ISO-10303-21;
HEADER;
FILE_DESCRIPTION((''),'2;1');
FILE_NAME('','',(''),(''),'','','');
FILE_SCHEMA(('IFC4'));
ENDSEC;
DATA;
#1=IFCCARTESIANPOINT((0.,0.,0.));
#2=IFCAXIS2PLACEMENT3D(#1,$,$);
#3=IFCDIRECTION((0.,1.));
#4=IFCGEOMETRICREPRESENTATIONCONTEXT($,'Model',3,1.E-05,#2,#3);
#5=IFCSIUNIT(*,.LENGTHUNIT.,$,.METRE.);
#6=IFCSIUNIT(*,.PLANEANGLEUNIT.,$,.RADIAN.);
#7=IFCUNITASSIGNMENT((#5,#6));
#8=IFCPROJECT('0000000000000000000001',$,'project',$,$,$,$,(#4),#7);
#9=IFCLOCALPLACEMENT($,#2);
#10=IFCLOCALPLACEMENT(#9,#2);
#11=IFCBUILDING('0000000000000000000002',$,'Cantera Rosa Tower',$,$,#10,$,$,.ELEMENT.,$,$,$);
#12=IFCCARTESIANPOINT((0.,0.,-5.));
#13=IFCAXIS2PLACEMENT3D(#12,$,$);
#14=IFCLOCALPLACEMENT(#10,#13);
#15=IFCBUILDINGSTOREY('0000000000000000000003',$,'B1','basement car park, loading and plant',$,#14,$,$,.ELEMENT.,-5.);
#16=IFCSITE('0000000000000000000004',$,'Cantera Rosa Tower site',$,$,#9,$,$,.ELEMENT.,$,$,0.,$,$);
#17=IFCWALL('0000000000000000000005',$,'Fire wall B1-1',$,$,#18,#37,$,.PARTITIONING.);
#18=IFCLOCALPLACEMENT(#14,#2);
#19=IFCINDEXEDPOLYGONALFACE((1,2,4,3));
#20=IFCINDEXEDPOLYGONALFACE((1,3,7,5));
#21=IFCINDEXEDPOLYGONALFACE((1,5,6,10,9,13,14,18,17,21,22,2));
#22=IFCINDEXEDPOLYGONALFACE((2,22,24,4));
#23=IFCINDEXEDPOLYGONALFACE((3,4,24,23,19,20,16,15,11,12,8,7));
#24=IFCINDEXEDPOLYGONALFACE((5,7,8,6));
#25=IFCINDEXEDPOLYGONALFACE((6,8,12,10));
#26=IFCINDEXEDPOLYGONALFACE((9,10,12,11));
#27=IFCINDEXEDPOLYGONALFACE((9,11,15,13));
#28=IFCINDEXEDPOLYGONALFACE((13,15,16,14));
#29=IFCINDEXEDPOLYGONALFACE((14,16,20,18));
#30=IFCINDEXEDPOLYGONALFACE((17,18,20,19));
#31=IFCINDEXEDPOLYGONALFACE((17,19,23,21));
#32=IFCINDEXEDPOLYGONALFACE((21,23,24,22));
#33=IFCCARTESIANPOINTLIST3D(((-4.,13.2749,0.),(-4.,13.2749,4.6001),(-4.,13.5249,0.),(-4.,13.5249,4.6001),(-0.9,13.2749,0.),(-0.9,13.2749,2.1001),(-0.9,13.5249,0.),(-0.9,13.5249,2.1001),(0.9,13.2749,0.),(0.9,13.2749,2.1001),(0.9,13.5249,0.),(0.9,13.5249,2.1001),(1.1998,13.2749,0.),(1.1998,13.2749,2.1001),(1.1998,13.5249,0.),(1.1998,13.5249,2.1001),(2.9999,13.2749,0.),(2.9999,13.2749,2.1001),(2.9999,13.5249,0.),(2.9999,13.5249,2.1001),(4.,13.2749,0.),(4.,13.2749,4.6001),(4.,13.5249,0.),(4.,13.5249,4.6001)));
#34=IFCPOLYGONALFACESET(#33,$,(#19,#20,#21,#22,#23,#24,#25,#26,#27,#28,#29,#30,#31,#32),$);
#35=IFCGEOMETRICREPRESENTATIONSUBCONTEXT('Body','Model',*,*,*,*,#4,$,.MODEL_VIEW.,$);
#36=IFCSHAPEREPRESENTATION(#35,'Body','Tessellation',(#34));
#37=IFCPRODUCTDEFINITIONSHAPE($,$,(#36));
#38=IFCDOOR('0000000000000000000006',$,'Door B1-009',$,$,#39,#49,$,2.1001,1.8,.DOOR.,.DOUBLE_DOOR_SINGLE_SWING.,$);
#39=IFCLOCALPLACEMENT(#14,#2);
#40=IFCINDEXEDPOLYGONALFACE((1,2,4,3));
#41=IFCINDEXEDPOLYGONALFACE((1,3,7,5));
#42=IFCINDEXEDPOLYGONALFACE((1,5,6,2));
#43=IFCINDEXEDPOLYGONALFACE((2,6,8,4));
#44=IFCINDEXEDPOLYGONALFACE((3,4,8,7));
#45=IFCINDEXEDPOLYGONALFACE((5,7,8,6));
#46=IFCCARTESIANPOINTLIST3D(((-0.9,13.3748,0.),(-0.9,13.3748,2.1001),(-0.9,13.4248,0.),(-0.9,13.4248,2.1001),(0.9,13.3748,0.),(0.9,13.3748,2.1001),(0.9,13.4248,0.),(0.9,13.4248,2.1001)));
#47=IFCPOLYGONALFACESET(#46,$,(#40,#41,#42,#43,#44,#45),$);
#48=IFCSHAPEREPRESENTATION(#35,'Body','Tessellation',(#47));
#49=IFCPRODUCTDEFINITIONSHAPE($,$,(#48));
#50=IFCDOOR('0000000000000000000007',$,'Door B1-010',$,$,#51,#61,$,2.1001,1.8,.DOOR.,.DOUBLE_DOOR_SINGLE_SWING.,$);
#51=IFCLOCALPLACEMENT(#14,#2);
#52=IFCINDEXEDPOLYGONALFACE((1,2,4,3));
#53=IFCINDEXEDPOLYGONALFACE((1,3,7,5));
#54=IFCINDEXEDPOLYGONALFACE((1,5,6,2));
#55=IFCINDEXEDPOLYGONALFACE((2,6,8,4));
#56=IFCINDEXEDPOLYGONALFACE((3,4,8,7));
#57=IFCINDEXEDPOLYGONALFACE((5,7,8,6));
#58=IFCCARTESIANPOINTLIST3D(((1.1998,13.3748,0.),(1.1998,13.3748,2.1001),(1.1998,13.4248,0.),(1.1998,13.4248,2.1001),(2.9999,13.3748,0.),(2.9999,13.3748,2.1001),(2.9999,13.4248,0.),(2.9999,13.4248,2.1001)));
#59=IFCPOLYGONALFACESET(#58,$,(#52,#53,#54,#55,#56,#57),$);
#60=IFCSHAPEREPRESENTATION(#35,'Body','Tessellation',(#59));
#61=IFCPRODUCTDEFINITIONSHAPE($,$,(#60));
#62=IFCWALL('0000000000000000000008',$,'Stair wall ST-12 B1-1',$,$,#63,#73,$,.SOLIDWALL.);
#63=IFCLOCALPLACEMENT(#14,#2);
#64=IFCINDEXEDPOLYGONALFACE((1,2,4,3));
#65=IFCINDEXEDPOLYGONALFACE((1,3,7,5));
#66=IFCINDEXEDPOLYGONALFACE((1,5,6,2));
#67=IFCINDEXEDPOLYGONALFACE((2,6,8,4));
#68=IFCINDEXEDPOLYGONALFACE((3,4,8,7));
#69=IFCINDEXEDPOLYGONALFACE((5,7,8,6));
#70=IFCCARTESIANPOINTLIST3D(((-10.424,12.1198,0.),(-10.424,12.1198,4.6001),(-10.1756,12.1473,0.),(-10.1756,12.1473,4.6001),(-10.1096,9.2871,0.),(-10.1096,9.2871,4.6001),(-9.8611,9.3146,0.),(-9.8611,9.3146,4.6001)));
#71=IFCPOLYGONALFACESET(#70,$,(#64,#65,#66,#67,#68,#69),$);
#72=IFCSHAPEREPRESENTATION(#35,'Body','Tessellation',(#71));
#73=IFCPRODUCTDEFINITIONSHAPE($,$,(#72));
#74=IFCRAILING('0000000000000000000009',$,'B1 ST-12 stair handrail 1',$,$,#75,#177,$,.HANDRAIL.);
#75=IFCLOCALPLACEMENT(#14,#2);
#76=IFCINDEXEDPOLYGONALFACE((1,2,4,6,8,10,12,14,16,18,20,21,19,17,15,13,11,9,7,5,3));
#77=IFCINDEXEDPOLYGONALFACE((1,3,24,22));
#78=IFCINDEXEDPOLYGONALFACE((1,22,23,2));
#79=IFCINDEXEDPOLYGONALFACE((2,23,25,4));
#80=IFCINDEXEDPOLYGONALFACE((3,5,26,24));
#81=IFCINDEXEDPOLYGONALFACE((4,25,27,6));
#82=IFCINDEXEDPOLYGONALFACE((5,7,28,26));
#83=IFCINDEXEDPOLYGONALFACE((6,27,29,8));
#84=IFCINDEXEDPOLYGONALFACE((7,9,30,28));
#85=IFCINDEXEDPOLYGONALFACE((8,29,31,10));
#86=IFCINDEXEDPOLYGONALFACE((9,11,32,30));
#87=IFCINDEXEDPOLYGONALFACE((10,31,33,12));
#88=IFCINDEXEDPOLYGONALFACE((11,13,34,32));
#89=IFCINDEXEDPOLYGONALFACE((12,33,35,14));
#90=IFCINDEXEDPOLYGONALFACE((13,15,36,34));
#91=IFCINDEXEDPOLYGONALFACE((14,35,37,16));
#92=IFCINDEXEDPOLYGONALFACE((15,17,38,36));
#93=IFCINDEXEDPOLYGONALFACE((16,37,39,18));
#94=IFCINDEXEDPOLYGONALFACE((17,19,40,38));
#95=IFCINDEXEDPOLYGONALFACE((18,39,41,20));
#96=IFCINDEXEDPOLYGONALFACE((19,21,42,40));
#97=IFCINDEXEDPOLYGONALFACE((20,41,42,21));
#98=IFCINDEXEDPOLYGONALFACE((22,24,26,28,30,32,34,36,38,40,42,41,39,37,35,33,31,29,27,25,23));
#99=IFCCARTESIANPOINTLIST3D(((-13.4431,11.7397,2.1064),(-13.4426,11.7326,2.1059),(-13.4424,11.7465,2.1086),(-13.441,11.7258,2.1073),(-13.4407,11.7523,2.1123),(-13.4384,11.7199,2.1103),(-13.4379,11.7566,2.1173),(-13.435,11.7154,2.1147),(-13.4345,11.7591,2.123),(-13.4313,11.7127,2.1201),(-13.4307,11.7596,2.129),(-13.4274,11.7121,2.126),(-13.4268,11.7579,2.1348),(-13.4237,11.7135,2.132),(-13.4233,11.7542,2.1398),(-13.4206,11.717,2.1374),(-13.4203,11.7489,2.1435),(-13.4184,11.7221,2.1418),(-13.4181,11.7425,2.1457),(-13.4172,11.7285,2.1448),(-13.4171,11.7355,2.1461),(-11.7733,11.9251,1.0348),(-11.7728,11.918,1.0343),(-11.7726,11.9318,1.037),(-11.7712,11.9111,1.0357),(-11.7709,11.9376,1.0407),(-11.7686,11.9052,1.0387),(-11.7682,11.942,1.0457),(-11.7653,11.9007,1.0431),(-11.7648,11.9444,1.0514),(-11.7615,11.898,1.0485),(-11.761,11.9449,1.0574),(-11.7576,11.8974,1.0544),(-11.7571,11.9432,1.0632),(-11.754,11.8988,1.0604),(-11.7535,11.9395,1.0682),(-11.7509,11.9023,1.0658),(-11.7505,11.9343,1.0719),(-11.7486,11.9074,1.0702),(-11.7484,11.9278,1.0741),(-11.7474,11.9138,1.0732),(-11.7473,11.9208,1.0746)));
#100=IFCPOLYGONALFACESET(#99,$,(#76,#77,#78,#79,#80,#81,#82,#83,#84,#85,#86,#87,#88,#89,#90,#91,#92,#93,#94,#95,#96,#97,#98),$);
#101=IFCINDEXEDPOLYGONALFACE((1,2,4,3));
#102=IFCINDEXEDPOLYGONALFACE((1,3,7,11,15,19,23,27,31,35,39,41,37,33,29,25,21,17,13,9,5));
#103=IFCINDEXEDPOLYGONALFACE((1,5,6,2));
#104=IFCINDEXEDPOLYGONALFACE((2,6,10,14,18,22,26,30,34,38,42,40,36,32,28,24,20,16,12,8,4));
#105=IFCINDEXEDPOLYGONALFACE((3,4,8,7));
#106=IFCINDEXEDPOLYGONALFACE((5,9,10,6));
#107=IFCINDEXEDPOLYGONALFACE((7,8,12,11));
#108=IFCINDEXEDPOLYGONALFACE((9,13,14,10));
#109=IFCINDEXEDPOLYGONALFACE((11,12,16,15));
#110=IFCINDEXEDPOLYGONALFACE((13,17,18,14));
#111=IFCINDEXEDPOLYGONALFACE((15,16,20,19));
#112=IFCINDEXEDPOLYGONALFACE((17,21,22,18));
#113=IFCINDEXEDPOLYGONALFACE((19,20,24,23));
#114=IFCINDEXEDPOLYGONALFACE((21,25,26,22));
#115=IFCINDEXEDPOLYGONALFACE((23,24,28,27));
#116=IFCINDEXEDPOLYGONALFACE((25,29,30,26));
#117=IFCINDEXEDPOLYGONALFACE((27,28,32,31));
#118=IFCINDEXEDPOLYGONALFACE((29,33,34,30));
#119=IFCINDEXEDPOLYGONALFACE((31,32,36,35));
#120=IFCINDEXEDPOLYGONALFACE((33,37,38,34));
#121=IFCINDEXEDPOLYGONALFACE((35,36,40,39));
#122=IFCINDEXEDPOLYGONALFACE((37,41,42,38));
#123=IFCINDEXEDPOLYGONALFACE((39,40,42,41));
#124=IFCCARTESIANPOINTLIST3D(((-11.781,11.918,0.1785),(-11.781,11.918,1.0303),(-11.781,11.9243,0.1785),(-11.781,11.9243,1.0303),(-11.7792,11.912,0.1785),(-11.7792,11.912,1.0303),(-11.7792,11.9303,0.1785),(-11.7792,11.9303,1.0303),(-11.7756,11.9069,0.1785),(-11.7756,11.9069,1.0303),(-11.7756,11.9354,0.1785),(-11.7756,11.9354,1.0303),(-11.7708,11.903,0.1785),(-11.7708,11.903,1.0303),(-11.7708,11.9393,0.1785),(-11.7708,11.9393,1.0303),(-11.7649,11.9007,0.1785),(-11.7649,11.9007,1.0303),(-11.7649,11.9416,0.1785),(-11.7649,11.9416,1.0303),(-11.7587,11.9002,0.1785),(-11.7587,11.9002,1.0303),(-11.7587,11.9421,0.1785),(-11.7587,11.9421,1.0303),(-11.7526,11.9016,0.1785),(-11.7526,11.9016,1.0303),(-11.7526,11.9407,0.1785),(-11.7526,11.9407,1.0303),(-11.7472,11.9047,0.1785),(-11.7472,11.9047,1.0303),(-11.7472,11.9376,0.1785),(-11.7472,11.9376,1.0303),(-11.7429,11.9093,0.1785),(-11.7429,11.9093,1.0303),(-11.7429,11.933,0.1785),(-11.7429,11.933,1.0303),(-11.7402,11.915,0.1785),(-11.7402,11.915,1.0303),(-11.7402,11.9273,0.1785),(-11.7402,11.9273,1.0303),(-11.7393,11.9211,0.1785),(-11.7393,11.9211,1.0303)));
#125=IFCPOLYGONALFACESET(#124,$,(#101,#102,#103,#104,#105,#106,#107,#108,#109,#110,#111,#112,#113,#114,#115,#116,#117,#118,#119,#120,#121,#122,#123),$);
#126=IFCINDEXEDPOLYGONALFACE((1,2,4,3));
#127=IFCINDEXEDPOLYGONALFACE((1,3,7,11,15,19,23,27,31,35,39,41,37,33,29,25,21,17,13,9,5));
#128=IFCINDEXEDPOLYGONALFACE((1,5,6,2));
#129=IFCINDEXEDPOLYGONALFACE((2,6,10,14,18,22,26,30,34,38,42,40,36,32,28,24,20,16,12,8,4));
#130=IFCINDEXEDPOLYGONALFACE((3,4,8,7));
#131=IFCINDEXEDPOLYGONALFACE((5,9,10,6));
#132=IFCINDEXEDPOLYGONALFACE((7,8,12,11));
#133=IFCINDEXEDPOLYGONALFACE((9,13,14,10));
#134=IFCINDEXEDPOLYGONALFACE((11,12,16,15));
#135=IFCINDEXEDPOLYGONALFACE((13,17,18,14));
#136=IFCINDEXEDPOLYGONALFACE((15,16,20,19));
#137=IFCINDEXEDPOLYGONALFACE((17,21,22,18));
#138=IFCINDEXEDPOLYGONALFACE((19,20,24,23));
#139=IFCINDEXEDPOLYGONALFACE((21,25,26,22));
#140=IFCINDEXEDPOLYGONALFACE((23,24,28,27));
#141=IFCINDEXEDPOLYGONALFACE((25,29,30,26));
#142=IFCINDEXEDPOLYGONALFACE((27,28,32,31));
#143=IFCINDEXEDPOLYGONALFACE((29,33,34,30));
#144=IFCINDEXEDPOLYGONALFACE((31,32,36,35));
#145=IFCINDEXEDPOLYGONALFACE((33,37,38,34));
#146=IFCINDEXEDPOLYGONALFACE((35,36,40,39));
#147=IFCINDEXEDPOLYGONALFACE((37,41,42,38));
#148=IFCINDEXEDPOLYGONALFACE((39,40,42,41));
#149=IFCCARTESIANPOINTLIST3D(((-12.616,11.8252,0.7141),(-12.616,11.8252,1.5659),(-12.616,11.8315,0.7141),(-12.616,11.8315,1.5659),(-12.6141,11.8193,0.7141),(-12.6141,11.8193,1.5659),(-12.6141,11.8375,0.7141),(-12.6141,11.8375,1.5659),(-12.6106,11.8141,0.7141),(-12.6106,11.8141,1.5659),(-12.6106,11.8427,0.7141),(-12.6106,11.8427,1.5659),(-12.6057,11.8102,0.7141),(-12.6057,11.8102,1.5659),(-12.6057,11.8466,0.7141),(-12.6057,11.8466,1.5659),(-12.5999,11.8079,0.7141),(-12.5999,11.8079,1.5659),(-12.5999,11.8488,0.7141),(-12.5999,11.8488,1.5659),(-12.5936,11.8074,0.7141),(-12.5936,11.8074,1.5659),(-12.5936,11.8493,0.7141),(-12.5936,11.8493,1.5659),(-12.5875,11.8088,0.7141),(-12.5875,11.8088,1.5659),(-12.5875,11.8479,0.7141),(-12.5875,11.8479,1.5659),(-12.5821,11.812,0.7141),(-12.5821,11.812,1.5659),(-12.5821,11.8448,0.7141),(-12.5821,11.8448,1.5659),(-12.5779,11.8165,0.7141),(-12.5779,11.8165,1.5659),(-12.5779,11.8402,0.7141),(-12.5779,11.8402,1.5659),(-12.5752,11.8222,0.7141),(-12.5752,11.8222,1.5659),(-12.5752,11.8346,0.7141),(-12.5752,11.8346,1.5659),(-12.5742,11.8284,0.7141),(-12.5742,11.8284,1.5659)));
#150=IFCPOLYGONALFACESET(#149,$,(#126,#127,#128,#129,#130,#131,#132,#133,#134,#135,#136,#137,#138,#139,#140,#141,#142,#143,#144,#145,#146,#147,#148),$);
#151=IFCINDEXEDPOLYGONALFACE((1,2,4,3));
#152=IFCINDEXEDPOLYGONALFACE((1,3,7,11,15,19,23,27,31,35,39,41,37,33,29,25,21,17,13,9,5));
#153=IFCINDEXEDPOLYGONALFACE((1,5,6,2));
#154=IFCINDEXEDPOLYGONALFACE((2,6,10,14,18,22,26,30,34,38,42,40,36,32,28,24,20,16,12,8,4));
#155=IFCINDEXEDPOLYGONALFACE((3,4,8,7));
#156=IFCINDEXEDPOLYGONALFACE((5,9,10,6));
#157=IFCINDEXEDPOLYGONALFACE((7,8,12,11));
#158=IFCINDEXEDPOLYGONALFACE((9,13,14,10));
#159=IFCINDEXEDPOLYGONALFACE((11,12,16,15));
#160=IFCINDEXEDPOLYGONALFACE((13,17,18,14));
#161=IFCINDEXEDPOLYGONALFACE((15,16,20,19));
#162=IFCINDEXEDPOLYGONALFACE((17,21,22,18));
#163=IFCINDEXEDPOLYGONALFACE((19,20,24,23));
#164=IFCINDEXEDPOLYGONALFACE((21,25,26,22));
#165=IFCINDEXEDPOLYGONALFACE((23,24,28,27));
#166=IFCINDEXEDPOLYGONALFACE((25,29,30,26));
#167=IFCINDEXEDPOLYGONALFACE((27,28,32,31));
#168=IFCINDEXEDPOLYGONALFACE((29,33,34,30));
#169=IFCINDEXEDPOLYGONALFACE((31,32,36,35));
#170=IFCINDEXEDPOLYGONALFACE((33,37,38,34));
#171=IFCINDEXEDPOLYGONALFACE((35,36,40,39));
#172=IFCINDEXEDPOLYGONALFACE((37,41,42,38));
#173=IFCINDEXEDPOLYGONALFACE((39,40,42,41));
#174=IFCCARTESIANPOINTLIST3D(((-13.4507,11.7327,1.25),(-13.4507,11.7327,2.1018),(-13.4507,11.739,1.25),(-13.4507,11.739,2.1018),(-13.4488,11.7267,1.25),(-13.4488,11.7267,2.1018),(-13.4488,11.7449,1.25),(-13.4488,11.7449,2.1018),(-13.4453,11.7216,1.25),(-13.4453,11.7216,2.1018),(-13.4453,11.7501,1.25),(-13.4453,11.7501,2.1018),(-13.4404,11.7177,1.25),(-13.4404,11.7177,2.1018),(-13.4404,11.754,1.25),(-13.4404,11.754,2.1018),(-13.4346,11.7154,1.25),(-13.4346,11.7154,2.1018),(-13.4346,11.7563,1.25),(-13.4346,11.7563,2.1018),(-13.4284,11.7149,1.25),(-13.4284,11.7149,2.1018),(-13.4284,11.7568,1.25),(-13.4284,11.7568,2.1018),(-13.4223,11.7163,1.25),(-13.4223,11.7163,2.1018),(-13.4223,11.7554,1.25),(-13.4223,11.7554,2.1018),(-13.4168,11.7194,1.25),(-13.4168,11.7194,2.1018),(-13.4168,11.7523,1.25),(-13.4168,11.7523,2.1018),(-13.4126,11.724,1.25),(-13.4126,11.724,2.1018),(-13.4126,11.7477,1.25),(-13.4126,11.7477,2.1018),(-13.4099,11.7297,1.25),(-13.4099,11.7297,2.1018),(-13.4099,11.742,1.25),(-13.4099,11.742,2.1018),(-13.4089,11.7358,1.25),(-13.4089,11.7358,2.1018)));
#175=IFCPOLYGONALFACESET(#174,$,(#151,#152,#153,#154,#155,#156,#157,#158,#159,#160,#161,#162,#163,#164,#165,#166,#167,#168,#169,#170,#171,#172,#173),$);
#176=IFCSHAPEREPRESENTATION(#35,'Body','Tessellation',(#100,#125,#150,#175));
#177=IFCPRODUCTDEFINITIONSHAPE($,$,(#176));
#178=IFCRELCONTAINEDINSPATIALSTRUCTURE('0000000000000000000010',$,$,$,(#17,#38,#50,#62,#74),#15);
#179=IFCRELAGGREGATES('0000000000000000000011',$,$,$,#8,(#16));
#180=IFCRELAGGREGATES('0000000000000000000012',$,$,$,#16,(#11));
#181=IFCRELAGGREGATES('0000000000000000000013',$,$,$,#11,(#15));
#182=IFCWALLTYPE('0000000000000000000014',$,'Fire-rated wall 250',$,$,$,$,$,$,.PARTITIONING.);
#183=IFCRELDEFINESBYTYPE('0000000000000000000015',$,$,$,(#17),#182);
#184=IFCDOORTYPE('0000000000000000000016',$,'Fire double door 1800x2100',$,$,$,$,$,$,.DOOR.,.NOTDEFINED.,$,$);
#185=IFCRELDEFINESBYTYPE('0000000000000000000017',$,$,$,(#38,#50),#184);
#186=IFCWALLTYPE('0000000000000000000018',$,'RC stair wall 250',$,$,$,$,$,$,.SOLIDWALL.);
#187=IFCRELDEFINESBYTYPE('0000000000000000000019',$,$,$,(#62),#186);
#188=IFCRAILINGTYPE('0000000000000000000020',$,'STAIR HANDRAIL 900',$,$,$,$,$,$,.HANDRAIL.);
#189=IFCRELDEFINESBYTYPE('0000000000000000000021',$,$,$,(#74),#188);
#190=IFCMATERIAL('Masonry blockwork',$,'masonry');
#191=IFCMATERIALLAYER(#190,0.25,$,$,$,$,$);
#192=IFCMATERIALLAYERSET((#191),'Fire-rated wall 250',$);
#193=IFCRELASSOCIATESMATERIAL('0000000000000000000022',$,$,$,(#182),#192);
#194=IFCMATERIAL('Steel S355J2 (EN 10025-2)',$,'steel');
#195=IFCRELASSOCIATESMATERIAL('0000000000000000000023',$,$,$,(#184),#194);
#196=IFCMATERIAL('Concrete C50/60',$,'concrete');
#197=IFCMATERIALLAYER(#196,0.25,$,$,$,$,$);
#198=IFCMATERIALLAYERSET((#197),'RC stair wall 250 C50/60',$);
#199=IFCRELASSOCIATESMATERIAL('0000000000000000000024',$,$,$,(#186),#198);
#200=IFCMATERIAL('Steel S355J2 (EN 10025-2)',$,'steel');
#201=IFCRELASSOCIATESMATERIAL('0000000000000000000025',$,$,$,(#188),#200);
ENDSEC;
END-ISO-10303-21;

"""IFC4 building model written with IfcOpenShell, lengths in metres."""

from ifc_helpers import new_model, si_unit, direction, frame, frame_2d, origin, origin_2d, place, context, subcontext, project, spatial, rectangle, circle, extrude, material, layer, layer_set, type_object, element, fill, save


model = new_model("IFC4")

# Units and contexts
model_context = context("Model", 3, precision=1e-05, world=origin(), true_north=direction((0.0, 1.0)))
body_context = subcontext(model_context, "Body", "Model", "MODEL_VIEW")
ifc_project = project(units=[si_unit("LENGTHUNIT", "METRE"), si_unit("PLANEANGLEUNIT", "RADIAN")], contexts=[model_context])

# Site, building, storey
site_placement = place(None, origin())
site = spatial("IfcSite", under=ifc_project, at=site_placement, Name="Cantera Rosa Tower site", CompositionType="ELEMENT", RefElevation=0.0)
building_placement = place(site_placement, origin())
building = spatial("IfcBuilding", under=site, at=building_placement, Name="Cantera Rosa Tower", CompositionType="ELEMENT")
storey_placement = place(building_placement, frame((0.0, 0.0, -5.0)))
storey = spatial("IfcBuildingStorey", under=building, at=storey_placement, Name="B1", Description="basement car park, loading and plant", CompositionType="ELEMENT", Elevation=-5.0)

# Wall, openings, doors
ifc_material_1 = material(Name="Masonry blockwork", Category="masonry")
ifc_layer_1 = layer(ifc_material_1, 0.25)
ifc_layer_set_1 = layer_set([ifc_layer_1], Name="Fire-rated wall 250")
wall_type_1 = type_object("IfcWallType", Name="Fire-rated wall 250", PredefinedType="PARTITIONING", material=ifc_layer_set_1)
wall_1_placement = place(storey_placement, frame((-4.0, 13.3999, 0.0), z_axis=(0.0, 0.0, 1.0), x_axis=(1.0, 0.0, 0.0)))
wall_1 = element("IfcWall", 1, at=wall_1_placement, inside=storey, type_object=wall_type_1, Name="Fire wall B1-1", PredefinedType="PARTITIONING", context=body_context, shape_type="SweptSolid", body=[
    extrude(rectangle(XDim=8.0, YDim=0.25, at=frame_2d((4.0, 0.0))), origin(), (0.0, 0.0, 1.0), 4.6001),
])
opening_1_placement = place(wall_1_placement, frame((3.1001, 0.0, 0.0)))
opening_1 = element("IfcOpeningElement", 2, at=opening_1_placement, cuts=wall_1, PredefinedType="OPENING", context=body_context, shape_type="SweptSolid", body=[
    extrude(rectangle(XDim=1.8, YDim=2.1001, at=frame_2d((0.8999, 1.05))), frame((0.0, 0.135, 0.0), z_axis=(0.0, -1.0, 0.0), x_axis=(1.0, 0.0, 0.0)), (0.0, 0.0, 1.0), 0.27),
])
opening_2_placement = place(wall_1_placement, frame((5.2, 0.0, 0.0)))
opening_2 = element("IfcOpeningElement", 3, at=opening_2_placement, cuts=wall_1, PredefinedType="OPENING", context=body_context, shape_type="SweptSolid", body=[
    extrude(rectangle(XDim=1.8, YDim=2.1001, at=frame_2d((0.8999, 1.05))), frame((0.0, 0.135, 0.0), z_axis=(0.0, -1.0, 0.0), x_axis=(1.0, 0.0, 0.0)), (0.0, 0.0, 1.0), 0.27),
])
ifc_material_2 = material(Name="Steel S355J2 (EN 10025-2)", Category="steel")
door_type = type_object("IfcDoorType", Name="Fire double door 1800x2100", OperationType="NOTDEFINED", PredefinedType="DOOR", material=ifc_material_2)
door_1_placement = place(opening_1_placement, origin())
door_1 = element("IfcDoor", 4, at=door_1_placement, inside=storey, type_object=door_type, Name="Door B1-009", OperationType="DOUBLE_DOOR_SINGLE_SWING", OverallHeight=2.1001, OverallWidth=1.8, PredefinedType="DOOR", context=body_context, shape_type="SweptSolid", body=[
    extrude(rectangle(XDim=1.8, YDim=2.1001, at=frame_2d((0.8999, 1.05))), frame((0.0, 0.0249, 0.0), z_axis=(0.0, -1.0, 0.0), x_axis=(1.0, 0.0, 0.0)), (0.0, 0.0, 1.0), 0.05),
])
fill(opening_1, door_1)
door_2_placement = place(opening_2_placement, origin())
door_2 = element("IfcDoor", 5, at=door_2_placement, inside=storey, type_object=door_type, Name="Door B1-010", OperationType="DOUBLE_DOOR_SINGLE_SWING", OverallHeight=2.1001, OverallWidth=1.8, PredefinedType="DOOR", context=body_context, shape_type="SweptSolid", body=[
    extrude(rectangle(XDim=1.8, YDim=2.1001, at=frame_2d((0.8999, 1.05))), frame((0.0, 0.0249, 0.0), z_axis=(0.0, -1.0, 0.0), x_axis=(1.0, 0.0, 0.0)), (0.0, 0.0, 1.0), 0.05),
])
fill(opening_2, door_2)

# Wall
ifc_material_3 = material(Name="Concrete C50/60", Category="concrete")
ifc_layer_2 = layer(ifc_material_3, 0.25)
ifc_layer_set_2 = layer_set([ifc_layer_2], Name="RC stair wall 250 C50/60")
wall_type_2 = type_object("IfcWallType", Name="RC stair wall 250", PredefinedType="SOLIDWALL", material=ifc_layer_set_2)
wall_2_placement = place(storey_placement, frame((-10.2998, 12.1335, 0.0), z_axis=(0.0, 0.0, 1.0), x_axis=(0.110328, -0.993895, 0.0)))
element("IfcWall", 6, at=wall_2_placement, inside=storey, type_object=wall_type_2, Name="Stair wall ST-12 B1-1", PredefinedType="SOLIDWALL", context=body_context, shape_type="SweptSolid", body=[
    extrude(rectangle(XDim=2.8501, YDim=0.25, at=frame_2d((1.425, 0.0))), origin(), (0.0, 0.0, 1.0), 4.6001),
])

# Railing
ifc_material_4 = material(Name="Steel S355J2 (EN 10025-2)", Category="steel")
railing_type_1 = type_object("IfcRailingType", Name="STAIR HANDRAIL 900", PredefinedType="HANDRAIL", material=ifc_material_4)
for number, where, name in (
    (7, (-11.7603, 11.9211, 0.1785), "B1 ST-12 stair handrail 1"),
):
    element("IfcRailing", number, at=place(storey_placement, frame(where)), inside=storey, type_object=railing_type_1, Name=name, PredefinedType="HANDRAIL", context=body_context, shape_type="SweptSolid", body=[
        extrude(circle(Radius=0.0239, at=origin_2d()), frame((0.0, 0.0, 0.876), z_axis=(-0.837951, -0.092997, 0.537764), x_axis=(0.110304, -0.993898, 0.0)), (0.0, 0.0, 1.0), 1.9927),
        extrude(circle(Radius=0.021, at=origin_2d()), origin(), (0.0, 0.0, 1.0), 0.8518),
        extrude(circle(Radius=0.021, at=origin_2d()), frame((-0.835, -0.0928, 0.5356)), (0.0, 0.0, 1.0), 0.8518),
        extrude(circle(Radius=0.021, at=origin_2d()), frame((-1.6697, -0.1853, 1.0715)), (0.0, 0.0, 1.0), 0.8518),
    ])

save(model, "model.ifc")
